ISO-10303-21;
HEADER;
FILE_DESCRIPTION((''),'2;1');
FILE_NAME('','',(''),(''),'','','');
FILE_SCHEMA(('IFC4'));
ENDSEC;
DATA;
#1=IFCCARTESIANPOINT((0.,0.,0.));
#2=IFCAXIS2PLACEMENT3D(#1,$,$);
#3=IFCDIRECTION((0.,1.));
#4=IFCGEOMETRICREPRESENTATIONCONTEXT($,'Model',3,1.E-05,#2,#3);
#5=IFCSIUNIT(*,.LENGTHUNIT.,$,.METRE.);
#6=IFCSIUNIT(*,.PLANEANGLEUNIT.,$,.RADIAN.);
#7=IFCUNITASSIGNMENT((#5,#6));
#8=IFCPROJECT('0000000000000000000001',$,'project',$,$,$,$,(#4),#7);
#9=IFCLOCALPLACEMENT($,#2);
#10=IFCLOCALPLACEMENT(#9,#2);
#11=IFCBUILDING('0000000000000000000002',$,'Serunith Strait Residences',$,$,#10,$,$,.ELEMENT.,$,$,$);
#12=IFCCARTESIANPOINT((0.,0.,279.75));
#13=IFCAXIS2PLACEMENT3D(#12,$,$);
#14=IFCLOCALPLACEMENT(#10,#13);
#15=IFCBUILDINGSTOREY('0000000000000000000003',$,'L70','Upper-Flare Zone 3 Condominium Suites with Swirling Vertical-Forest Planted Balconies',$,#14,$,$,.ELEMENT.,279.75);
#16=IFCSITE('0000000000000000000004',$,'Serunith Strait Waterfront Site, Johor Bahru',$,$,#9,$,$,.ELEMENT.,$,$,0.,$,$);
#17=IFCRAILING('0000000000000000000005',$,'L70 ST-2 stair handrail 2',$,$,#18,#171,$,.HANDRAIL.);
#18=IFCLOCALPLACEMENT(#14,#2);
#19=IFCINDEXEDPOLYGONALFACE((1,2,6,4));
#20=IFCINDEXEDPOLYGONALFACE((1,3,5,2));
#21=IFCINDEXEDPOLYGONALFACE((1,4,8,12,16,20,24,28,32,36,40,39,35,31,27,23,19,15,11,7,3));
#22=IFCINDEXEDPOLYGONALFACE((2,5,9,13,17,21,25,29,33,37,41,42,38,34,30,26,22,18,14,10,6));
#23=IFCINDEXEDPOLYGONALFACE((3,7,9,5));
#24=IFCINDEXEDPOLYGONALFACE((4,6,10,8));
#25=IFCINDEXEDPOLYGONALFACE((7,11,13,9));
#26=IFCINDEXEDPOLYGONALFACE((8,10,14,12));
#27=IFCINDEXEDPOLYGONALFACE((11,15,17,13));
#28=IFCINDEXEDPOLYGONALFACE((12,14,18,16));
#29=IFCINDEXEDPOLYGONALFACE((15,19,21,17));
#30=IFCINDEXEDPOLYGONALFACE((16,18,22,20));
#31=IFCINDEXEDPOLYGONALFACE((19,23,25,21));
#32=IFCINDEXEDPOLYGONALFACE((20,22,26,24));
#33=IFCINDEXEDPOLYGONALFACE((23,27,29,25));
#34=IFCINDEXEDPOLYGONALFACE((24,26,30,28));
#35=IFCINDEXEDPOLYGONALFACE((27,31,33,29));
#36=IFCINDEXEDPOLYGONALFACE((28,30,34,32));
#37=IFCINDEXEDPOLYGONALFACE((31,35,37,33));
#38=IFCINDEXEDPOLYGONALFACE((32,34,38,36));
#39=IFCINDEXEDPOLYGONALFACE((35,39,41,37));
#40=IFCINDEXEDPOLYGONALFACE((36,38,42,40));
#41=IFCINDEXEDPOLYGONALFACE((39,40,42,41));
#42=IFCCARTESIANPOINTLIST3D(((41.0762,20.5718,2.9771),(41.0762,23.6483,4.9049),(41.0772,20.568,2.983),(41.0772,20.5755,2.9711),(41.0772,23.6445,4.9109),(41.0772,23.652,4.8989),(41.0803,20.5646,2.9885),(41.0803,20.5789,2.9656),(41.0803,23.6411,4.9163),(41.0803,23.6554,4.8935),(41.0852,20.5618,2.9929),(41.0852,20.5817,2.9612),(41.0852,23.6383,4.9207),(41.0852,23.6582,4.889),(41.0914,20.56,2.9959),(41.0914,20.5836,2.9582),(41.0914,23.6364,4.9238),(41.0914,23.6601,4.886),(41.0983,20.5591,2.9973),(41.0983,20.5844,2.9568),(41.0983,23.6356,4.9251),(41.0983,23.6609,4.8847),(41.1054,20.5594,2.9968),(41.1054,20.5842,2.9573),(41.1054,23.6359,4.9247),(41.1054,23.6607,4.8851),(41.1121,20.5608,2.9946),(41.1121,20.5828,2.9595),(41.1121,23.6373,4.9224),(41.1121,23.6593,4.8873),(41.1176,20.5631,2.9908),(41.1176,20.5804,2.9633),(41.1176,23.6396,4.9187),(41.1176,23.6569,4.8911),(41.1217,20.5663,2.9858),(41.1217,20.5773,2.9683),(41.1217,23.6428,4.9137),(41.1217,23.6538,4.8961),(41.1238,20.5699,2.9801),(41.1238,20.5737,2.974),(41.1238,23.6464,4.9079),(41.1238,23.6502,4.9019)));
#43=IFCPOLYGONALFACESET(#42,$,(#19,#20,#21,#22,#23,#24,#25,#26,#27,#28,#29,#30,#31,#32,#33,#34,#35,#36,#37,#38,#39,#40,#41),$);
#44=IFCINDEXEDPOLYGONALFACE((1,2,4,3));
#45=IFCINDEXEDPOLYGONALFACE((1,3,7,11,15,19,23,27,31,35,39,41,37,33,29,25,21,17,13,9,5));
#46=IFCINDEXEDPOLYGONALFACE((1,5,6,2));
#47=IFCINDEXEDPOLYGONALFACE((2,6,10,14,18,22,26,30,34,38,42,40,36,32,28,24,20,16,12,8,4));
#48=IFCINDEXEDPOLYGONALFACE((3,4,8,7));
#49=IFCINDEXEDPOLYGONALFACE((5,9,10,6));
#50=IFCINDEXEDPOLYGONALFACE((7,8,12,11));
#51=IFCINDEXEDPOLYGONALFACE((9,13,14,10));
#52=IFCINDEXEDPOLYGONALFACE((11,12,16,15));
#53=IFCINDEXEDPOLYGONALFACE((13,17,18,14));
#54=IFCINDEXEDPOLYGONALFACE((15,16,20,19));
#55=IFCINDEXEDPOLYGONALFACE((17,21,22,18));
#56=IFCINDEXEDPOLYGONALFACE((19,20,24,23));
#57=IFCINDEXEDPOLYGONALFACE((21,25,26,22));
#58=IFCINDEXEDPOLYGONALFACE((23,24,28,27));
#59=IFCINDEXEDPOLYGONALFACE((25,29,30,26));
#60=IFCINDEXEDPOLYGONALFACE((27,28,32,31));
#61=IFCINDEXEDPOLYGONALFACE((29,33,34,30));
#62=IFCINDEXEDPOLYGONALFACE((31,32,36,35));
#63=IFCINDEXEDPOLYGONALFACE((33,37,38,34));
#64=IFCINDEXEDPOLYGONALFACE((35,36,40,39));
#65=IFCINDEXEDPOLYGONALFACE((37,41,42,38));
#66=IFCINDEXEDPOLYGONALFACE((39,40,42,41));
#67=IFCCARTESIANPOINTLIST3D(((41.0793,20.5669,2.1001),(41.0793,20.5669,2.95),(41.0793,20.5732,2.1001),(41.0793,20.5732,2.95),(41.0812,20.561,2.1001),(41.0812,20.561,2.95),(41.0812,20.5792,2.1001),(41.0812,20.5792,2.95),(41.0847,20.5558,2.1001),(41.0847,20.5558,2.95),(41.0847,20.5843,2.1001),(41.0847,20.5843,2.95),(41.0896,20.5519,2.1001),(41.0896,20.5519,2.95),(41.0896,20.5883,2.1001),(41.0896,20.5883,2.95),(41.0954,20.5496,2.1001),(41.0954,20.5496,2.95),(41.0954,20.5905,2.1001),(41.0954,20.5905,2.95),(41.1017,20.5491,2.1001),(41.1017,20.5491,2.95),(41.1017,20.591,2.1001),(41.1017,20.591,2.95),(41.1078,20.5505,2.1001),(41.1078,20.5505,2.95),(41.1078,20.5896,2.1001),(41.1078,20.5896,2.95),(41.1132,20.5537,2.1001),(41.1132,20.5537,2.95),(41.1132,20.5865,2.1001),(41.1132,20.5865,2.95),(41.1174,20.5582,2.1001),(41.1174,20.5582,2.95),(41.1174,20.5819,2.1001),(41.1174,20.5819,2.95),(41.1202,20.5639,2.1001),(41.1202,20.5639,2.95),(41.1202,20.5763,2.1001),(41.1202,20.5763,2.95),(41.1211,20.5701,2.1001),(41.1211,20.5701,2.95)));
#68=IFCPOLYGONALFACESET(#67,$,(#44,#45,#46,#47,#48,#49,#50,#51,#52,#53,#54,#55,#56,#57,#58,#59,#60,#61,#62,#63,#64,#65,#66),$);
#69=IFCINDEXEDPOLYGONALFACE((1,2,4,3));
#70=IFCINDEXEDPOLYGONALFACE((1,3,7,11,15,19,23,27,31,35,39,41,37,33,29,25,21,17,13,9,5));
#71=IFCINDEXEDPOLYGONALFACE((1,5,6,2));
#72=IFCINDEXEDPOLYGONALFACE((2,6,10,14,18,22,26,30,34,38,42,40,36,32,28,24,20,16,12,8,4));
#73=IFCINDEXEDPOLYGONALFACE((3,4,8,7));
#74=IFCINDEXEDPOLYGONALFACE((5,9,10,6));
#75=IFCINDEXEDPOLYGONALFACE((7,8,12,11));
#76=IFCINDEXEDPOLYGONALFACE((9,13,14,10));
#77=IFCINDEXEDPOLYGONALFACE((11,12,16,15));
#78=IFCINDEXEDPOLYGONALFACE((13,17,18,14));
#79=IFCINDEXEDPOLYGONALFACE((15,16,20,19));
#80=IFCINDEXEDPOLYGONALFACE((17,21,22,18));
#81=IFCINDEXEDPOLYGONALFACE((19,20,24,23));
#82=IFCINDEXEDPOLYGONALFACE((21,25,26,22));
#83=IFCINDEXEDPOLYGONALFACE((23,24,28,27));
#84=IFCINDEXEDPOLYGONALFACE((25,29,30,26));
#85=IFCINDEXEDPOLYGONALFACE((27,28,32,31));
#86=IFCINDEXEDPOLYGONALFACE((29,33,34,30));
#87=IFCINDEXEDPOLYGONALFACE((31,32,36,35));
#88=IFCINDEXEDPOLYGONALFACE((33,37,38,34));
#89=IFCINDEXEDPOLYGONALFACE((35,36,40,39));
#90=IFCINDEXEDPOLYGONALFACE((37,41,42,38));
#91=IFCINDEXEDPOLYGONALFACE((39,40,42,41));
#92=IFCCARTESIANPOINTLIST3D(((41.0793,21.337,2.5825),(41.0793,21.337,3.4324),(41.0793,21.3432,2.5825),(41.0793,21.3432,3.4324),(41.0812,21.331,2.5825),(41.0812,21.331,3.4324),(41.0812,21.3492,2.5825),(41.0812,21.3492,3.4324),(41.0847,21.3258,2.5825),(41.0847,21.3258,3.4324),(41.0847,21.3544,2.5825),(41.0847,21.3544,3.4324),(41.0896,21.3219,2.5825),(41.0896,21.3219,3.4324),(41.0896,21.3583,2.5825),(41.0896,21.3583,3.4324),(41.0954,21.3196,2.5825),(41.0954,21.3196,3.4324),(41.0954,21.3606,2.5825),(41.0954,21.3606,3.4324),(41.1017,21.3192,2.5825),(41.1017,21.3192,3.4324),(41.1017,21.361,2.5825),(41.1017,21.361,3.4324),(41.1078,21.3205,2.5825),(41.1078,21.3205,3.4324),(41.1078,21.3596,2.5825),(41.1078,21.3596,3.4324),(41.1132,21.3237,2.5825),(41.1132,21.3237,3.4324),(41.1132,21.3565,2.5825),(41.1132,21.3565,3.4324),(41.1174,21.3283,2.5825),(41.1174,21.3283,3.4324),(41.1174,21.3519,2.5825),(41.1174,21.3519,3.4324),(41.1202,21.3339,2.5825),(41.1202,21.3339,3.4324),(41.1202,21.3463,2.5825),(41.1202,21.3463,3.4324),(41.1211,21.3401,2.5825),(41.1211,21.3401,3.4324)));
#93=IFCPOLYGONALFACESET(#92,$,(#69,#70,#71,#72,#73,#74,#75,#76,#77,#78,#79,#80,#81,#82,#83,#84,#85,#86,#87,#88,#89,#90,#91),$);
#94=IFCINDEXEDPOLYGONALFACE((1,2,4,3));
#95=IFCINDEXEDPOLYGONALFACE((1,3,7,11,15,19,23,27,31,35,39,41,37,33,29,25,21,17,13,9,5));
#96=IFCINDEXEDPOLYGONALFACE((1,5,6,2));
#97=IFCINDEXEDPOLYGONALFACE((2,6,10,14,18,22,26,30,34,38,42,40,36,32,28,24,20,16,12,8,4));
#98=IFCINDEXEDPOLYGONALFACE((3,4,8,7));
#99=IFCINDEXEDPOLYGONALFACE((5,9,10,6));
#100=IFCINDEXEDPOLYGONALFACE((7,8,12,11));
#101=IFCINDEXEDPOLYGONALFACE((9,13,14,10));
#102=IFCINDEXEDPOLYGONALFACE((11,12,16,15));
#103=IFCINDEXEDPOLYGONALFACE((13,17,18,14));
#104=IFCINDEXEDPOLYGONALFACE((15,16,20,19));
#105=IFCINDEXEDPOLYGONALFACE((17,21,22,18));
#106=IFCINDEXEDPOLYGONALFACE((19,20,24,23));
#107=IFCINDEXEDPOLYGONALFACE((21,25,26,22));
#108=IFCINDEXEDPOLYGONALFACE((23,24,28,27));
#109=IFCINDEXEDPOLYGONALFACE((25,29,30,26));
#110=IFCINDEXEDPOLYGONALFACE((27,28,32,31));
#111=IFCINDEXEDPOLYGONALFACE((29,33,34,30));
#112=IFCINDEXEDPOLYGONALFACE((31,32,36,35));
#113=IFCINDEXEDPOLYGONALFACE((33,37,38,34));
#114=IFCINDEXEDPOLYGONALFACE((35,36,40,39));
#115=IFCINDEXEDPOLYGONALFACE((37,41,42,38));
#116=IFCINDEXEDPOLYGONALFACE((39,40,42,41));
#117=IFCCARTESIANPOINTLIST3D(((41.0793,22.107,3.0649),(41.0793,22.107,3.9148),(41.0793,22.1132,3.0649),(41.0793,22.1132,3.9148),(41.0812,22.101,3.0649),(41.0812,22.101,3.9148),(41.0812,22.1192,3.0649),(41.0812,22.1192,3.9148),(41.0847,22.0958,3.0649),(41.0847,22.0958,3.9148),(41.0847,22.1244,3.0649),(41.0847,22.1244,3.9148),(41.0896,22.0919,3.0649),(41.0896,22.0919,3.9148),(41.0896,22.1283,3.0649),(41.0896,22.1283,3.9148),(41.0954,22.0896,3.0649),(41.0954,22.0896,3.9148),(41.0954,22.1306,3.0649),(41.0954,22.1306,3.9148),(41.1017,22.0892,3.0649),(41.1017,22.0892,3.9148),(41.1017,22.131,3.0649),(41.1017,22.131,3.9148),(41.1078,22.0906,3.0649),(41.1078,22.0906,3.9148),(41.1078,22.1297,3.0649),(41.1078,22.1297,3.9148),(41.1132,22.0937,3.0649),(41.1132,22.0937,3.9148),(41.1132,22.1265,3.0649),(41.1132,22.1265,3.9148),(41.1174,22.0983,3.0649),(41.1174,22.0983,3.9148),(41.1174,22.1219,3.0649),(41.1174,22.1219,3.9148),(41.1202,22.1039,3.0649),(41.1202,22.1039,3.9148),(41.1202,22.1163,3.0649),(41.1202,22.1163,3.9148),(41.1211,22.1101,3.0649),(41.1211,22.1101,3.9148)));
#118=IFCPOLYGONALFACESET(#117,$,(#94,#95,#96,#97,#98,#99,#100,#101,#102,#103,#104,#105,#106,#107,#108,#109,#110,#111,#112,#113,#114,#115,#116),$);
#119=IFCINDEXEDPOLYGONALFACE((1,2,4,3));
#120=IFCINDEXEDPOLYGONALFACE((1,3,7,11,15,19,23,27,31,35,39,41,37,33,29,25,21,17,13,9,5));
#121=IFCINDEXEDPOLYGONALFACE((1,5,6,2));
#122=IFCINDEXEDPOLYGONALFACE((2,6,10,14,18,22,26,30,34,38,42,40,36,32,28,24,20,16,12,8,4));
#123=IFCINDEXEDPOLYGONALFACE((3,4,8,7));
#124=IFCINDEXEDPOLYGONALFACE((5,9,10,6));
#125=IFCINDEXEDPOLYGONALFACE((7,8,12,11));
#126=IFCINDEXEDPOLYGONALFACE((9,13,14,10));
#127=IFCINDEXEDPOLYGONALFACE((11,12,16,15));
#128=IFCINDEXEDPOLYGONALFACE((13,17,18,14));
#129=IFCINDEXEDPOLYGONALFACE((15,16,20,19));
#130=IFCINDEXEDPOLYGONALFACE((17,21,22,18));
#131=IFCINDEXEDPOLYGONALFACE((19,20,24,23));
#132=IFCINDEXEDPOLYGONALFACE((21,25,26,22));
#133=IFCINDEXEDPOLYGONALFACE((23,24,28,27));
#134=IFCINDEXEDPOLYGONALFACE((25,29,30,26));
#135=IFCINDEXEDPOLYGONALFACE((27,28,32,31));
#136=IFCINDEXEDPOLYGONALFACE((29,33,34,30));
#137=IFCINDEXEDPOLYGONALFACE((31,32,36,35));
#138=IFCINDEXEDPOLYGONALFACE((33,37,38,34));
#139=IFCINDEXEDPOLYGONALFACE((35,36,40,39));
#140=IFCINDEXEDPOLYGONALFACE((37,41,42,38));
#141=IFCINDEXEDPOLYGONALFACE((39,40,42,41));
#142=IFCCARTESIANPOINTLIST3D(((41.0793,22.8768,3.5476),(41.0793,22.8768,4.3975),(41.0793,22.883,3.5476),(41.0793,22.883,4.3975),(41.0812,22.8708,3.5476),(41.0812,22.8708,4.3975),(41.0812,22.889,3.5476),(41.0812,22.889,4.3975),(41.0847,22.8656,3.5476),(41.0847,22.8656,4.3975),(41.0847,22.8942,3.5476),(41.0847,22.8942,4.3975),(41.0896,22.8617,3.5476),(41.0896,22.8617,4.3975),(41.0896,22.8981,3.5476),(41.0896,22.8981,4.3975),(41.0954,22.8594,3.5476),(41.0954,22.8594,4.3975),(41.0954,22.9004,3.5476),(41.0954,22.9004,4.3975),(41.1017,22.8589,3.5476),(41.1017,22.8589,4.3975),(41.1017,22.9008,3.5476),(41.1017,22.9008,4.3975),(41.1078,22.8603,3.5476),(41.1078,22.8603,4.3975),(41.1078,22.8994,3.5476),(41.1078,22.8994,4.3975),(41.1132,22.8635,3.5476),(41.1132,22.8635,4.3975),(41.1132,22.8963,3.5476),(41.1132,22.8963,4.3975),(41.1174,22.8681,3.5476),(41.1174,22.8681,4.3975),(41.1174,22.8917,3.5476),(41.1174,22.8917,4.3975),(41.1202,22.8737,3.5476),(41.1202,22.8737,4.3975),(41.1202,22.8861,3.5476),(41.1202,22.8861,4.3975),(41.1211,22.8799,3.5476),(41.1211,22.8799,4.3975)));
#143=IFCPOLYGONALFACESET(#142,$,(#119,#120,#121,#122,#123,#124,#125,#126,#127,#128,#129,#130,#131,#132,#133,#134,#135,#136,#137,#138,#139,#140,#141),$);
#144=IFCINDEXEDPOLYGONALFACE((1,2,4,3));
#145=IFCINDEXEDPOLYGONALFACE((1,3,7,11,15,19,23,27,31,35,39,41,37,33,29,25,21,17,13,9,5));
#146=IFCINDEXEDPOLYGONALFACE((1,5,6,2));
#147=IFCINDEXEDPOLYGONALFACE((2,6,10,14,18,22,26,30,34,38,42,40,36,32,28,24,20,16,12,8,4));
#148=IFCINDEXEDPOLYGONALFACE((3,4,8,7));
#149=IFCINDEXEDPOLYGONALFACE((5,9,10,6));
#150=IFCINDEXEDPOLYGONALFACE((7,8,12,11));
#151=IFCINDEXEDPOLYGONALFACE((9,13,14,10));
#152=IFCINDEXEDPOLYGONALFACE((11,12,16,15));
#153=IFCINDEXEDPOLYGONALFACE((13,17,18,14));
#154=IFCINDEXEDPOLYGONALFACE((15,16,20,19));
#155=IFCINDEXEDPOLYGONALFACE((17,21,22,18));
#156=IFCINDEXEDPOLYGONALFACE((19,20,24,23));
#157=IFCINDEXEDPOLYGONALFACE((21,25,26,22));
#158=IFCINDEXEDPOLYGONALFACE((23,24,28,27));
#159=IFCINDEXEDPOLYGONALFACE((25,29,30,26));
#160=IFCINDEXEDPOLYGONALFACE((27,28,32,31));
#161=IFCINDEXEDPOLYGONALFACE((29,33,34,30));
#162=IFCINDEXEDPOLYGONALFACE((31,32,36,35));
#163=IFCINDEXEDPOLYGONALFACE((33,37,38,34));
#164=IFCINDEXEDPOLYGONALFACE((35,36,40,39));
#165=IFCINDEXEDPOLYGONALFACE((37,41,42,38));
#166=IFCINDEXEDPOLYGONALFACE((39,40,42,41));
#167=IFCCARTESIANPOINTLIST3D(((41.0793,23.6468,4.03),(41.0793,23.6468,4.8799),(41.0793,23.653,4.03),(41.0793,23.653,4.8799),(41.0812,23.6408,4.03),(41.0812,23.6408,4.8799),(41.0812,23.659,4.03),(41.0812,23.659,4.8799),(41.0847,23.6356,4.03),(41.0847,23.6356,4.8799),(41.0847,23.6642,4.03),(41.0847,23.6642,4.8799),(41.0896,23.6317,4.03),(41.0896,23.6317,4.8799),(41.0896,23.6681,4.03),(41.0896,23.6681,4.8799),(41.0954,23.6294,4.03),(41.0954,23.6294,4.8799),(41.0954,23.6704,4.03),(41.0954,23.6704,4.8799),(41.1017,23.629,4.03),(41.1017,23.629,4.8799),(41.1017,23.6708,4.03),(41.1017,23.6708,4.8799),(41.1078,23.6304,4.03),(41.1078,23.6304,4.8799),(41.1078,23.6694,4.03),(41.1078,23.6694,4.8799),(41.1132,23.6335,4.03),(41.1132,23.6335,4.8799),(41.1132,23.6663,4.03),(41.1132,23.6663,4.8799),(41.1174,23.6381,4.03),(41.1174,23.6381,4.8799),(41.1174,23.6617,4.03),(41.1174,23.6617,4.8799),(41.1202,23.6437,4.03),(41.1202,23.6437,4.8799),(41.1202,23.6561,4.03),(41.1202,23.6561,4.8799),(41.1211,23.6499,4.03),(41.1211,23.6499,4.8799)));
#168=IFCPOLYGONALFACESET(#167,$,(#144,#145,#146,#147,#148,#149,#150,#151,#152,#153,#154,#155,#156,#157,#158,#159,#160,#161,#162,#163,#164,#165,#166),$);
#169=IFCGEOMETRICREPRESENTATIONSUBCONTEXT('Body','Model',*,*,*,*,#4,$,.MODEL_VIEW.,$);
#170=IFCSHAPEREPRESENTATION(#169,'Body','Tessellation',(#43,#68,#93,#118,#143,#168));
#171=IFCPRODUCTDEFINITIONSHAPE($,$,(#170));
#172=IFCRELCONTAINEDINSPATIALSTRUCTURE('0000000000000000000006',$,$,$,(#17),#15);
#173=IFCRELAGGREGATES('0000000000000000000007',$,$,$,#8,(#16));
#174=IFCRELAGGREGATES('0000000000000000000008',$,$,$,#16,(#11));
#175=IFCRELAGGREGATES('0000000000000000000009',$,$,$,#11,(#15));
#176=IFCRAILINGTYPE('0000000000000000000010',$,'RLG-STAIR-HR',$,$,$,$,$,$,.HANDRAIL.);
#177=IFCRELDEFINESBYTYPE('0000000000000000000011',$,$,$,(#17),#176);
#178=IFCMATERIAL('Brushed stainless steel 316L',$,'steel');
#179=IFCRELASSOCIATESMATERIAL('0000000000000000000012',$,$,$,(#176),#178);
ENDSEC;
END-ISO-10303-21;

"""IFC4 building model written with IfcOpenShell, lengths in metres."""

from ifc_helpers import new_model, si_unit, direction, frame, origin, origin_2d, place, context, subcontext, project, spatial, circle, extrude, material, type_object, element, save


model = new_model("IFC4")

# Units and contexts
model_context = context("Model", 3, precision=1e-05, world=origin(), true_north=direction((0.0, 1.0)))
body_context = subcontext(model_context, "Body", "Model", "MODEL_VIEW")
ifc_project = project(units=[si_unit("LENGTHUNIT", "METRE"), si_unit("PLANEANGLEUNIT", "RADIAN")], contexts=[model_context])

# Site, building, storey
site_placement = place(None, origin())
site = spatial("IfcSite", under=ifc_project, at=site_placement, Name="Serunith Strait Waterfront Site, Johor Bahru", CompositionType="ELEMENT", RefElevation=0.0)
building_placement = place(site_placement, origin())
building = spatial("IfcBuilding", under=site, at=building_placement, Name="Serunith Strait Residences", CompositionType="ELEMENT")
storey_placement = place(building_placement, frame((0.0, 0.0, 279.75)))
storey = spatial("IfcBuildingStorey", under=building, at=storey_placement, Name="L70", Description="Upper-Flare Zone 3 Condominium Suites with Swirling Vertical-Forest Planted Balconies", CompositionType="ELEMENT", Elevation=279.75)

# Railing
ifc_material_1 = material(Name="Brushed stainless steel 316L", Category="steel")
railing_type_1 = type_object("IfcRailingType", Name="RLG-STAIR-HR", PredefinedType="HANDRAIL", material=ifc_material_1)
railing_1_placement = place(storey_placement, frame((41.1001, 20.5701, 2.1001)))
element("IfcRailing", 1, at=railing_1_placement, inside=storey, type_object=railing_type_1, Name="L70 ST-2 stair handrail 2", PredefinedType="HANDRAIL", context=body_context, shape_type="SweptSolid", body=[
    extrude(circle(Radius=0.0239, at=origin_2d()), frame((0.0, 0.0017, 0.877), z_axis=(0.0, 0.847375, 0.530995), x_axis=(-1.0, 0.0, 0.0)), (0.0, 0.0, 1.0), 3.6306),
    extrude(circle(Radius=0.021, at=origin_2d()), origin(), (0.0, 0.0, 1.0), 0.8499),
    extrude(circle(Radius=0.021, at=origin_2d()), frame((0.0, 0.77, 0.4824)), (0.0, 0.0, 1.0), 0.8499),
    extrude(circle(Radius=0.021, at=origin_2d()), frame((0.0, 1.54, 0.9648)), (0.0, 0.0, 1.0), 0.8499),
    extrude(circle(Radius=0.021, at=origin_2d()), frame((0.0, 2.3098, 1.4475)), (0.0, 0.0, 1.0), 0.8499),
    extrude(circle(Radius=0.021, at=origin_2d()), frame((0.0, 3.0798, 1.9299)), (0.0, 0.0, 1.0), 0.8499),
])

save(model, "model.ifc")
